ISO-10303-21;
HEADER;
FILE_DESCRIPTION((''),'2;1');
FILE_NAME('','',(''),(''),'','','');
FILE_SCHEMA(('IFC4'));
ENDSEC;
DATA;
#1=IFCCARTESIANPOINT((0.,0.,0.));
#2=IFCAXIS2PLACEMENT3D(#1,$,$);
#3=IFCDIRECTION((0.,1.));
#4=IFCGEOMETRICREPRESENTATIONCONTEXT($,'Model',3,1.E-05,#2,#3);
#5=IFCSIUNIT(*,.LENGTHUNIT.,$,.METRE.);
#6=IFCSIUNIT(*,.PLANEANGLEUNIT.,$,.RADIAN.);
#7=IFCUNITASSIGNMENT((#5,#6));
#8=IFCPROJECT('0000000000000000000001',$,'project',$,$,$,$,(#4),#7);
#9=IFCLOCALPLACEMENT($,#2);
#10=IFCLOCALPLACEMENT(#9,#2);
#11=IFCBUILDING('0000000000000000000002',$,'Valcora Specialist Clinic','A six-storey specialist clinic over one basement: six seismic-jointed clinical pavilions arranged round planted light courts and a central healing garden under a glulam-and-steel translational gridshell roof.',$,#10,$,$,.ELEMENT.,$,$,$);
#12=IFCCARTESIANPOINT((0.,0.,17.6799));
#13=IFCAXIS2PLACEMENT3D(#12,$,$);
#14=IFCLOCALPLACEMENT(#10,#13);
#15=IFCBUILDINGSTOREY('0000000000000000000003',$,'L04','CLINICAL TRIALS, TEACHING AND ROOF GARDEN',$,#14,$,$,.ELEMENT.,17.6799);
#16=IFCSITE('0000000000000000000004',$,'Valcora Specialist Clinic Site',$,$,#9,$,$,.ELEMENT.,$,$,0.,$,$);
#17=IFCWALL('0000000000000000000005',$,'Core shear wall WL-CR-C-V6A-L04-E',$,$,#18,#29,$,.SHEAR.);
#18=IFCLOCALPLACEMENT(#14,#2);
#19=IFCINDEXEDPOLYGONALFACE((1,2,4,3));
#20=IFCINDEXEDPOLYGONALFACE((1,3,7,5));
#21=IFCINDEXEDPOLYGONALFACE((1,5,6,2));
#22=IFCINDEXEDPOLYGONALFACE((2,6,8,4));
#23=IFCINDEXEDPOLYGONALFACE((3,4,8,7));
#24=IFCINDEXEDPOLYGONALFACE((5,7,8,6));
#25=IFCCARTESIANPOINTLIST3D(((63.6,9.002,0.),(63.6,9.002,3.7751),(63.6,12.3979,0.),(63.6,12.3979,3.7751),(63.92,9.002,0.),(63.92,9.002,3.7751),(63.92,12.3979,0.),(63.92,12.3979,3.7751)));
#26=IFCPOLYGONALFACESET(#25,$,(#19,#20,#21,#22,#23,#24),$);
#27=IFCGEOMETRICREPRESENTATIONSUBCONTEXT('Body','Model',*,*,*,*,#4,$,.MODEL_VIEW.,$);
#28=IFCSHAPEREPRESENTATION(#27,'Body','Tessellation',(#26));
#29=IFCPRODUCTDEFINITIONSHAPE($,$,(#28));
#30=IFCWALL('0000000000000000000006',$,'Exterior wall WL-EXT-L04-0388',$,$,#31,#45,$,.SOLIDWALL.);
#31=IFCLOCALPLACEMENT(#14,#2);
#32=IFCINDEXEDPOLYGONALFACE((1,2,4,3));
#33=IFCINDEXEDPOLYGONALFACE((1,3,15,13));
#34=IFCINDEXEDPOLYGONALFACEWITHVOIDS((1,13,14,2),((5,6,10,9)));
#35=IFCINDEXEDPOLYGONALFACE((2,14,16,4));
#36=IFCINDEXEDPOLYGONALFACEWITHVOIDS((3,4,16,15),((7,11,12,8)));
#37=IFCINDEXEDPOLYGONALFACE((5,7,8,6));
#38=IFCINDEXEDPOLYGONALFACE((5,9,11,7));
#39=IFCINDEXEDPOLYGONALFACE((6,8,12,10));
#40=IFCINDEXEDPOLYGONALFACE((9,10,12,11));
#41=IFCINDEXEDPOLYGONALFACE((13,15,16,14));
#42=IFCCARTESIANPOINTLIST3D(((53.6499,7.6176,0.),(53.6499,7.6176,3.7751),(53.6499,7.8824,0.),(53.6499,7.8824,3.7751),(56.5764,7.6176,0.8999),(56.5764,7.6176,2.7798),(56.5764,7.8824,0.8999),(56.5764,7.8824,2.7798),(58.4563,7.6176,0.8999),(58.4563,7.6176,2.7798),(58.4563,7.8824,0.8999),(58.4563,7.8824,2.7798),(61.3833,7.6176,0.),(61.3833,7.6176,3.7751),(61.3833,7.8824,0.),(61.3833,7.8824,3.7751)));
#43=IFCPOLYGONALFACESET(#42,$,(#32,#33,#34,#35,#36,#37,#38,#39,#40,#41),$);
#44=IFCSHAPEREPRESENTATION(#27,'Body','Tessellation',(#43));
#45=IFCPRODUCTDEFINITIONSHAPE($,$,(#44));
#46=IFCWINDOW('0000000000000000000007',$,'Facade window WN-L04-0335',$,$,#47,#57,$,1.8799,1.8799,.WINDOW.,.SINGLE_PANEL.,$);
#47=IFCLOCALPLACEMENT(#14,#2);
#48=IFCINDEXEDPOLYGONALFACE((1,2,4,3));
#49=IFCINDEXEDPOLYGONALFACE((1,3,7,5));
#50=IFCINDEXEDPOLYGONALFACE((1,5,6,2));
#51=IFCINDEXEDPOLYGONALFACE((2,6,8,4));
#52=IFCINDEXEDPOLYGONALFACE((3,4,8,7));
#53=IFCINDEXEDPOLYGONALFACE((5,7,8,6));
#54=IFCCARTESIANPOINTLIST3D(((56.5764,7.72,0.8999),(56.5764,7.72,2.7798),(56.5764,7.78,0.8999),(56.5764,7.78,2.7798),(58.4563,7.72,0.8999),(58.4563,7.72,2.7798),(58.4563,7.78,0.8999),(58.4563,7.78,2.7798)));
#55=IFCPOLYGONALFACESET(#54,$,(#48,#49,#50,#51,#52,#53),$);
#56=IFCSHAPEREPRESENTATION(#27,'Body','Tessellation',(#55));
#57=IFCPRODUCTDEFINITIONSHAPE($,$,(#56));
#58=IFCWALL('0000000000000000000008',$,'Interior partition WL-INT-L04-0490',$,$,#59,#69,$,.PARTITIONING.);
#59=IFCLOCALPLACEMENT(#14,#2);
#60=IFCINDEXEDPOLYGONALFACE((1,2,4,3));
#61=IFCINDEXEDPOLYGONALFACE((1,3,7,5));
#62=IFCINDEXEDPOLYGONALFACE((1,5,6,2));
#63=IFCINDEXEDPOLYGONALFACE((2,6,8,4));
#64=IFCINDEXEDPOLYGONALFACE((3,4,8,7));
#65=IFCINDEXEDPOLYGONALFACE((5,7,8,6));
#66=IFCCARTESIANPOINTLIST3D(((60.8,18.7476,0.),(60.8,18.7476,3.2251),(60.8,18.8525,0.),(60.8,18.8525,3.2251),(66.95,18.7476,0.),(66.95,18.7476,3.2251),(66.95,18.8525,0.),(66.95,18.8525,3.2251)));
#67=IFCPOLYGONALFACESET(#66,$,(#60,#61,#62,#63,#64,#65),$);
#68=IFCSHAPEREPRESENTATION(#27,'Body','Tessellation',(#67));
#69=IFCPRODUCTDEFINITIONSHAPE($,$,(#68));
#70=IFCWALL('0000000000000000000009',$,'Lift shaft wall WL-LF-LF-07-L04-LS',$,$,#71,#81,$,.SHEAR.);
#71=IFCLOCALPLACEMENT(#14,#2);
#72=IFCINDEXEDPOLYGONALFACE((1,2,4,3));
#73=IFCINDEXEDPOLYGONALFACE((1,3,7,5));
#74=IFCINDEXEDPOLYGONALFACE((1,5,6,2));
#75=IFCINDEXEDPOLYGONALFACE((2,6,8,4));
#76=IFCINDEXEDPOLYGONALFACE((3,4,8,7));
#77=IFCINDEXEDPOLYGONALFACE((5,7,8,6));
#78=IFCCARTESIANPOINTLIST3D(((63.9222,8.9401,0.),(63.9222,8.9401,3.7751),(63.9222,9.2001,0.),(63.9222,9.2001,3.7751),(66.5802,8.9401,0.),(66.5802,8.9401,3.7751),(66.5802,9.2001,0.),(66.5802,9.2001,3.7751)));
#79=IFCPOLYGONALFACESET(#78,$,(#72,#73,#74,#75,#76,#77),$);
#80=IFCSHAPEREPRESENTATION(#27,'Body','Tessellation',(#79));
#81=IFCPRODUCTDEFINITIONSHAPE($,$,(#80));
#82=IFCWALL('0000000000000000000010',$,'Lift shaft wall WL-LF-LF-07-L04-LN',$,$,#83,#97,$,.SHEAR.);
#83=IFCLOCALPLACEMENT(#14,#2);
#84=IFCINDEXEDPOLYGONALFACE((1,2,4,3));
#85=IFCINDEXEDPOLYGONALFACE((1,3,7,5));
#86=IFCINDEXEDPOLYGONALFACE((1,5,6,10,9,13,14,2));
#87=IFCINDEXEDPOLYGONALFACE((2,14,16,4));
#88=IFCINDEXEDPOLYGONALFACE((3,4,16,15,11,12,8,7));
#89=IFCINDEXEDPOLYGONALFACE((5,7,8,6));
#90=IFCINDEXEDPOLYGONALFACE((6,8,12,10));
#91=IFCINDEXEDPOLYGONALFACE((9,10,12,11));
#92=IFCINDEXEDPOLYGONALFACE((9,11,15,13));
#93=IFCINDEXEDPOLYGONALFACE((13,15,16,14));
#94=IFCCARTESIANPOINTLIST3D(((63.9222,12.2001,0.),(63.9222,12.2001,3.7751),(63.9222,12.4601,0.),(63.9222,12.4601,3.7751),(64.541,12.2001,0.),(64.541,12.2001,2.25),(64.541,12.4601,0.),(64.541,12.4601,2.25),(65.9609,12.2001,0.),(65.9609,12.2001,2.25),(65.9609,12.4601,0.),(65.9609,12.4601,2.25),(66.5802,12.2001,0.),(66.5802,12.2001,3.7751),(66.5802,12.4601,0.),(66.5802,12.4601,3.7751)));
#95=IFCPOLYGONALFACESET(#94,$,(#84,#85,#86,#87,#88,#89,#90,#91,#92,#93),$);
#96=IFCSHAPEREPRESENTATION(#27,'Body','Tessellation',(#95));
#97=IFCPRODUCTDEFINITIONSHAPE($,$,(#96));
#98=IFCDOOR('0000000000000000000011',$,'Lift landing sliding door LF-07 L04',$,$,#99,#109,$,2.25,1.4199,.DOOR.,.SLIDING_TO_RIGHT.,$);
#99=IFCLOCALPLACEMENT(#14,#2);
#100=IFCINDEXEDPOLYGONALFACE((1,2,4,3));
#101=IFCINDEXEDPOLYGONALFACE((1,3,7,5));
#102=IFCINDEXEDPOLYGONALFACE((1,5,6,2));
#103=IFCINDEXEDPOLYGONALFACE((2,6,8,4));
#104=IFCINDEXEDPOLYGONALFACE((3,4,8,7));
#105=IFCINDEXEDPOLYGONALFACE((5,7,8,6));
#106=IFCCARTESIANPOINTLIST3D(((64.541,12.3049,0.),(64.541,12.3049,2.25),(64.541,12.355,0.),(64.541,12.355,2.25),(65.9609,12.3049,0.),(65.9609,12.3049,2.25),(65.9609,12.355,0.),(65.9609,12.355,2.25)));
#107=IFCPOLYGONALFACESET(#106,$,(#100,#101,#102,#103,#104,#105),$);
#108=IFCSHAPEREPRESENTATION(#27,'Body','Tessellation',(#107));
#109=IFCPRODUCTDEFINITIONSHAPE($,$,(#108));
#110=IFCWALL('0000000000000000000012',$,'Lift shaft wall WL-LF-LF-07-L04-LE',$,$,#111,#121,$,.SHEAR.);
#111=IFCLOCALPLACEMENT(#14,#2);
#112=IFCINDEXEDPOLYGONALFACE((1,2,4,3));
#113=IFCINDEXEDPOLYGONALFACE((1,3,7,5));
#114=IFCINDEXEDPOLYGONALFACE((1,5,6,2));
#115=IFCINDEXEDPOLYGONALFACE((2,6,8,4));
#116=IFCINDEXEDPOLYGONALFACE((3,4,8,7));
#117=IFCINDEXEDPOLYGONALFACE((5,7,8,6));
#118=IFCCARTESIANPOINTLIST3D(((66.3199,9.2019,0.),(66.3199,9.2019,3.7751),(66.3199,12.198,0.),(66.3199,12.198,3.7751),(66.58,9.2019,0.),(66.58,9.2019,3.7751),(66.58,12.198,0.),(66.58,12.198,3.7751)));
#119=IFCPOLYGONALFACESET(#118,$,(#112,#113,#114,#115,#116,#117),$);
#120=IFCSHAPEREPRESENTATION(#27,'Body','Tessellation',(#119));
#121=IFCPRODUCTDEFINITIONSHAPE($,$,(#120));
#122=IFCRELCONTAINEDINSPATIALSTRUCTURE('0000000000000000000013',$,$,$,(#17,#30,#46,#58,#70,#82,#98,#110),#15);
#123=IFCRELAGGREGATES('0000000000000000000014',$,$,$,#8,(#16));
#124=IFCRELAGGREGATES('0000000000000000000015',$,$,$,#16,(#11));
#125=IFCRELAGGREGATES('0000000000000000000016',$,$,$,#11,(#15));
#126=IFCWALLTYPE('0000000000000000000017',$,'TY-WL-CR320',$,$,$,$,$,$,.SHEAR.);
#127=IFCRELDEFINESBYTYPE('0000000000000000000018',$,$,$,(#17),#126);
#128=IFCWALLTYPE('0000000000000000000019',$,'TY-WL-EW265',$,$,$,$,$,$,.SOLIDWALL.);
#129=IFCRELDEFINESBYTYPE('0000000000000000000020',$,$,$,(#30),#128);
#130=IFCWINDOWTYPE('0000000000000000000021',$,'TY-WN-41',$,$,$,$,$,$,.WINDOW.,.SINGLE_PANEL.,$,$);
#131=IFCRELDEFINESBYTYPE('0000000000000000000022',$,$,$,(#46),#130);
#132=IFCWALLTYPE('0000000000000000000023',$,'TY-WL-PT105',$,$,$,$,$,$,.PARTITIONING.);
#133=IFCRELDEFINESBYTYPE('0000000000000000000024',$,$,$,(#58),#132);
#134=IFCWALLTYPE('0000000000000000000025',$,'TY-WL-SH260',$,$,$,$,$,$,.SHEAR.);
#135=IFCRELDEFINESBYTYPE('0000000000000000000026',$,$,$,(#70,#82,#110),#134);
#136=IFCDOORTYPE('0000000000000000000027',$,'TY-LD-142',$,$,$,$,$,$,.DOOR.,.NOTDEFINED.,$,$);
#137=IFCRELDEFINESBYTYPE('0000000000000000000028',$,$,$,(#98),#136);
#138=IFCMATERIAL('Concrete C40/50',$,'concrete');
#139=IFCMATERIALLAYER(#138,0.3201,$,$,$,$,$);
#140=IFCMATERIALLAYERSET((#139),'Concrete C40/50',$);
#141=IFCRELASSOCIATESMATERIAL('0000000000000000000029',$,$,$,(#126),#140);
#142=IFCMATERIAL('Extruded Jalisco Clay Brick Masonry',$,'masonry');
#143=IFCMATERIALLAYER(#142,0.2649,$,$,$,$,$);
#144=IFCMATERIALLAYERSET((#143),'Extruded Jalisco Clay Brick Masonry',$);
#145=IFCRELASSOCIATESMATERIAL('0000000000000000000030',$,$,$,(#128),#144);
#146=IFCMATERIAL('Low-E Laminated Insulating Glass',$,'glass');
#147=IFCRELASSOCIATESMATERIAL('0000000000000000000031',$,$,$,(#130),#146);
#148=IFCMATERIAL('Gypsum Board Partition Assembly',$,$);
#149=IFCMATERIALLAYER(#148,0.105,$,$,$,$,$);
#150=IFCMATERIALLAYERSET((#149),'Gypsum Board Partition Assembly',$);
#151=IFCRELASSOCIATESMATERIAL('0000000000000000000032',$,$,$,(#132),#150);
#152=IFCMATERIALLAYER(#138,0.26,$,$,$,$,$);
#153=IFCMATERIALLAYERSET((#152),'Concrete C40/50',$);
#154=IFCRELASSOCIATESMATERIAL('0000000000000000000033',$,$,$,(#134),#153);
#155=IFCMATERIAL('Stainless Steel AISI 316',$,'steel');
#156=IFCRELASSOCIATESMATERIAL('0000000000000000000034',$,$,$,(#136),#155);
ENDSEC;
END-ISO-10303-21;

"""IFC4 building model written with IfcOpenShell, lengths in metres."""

from ifc_helpers import new_model, si_unit, direction, frame, frame_2d, origin, place, context, subcontext, project, spatial, rectangle, extrude, material, layer, layer_set, type_object, element, fill, save


model = new_model("IFC4")

# Units and contexts
model_context = context("Model", 3, precision=1e-05, world=origin(), true_north=direction((0.0, 1.0)))
body_context = subcontext(model_context, "Body", "Model", "MODEL_VIEW")
ifc_project = project(units=[si_unit("LENGTHUNIT", "METRE"), si_unit("PLANEANGLEUNIT", "RADIAN")], contexts=[model_context])

# Site, building, storey
site_placement = place(None, origin())
site = spatial("IfcSite", under=ifc_project, at=site_placement, Name="Valcora Specialist Clinic Site", CompositionType="ELEMENT", RefElevation=0.0)
building_placement = place(site_placement, origin())
building = spatial("IfcBuilding", under=site, at=building_placement, Name="Valcora Specialist Clinic", Description="A six-storey specialist clinic over one basement: six seismic-jointed clinical pavilions arranged round planted light courts and a central healing garden under a glulam-and-steel translational gridshell roof.", CompositionType="ELEMENT")
storey_placement = place(building_placement, frame((0.0, 0.0, 17.6799)))
storey = spatial("IfcBuildingStorey", under=building, at=storey_placement, Name="L04", Description="CLINICAL TRIALS, TEACHING AND ROOF GARDEN", CompositionType="ELEMENT", Elevation=17.6799)

# Shared definitions
ifc_material_1 = material(Name="Concrete C40/50", Category="concrete")

# Wall
ifc_layer_1 = layer(ifc_material_1, 0.3201)
ifc_layer_set_1 = layer_set([ifc_layer_1], Name="Concrete C40/50")
wall_type_1 = type_object("IfcWallType", Name="TY-WL-CR320", PredefinedType="SHEAR", material=ifc_layer_set_1)
wall_1_placement = place(storey_placement, frame((63.76, 9.002, 0.0), z_axis=(0.0, 0.0, 1.0), x_axis=(0.0, 1.0, 0.0)))
element("IfcWall", 1, at=wall_1_placement, inside=storey, type_object=wall_type_1, Name="Core shear wall WL-CR-C-V6A-L04-E", PredefinedType="SHEAR", context=body_context, shape_type="SweptSolid", body=[
    extrude(rectangle(XDim=3.396, YDim=0.3201, at=frame_2d((1.698, 0.0))), origin(), (0.0, 0.0, 1.0), 3.7751),
])

# Wall, opening, window
ifc_material_2 = material(Name="Extruded Jalisco Clay Brick Masonry", Category="masonry")
ifc_layer_2 = layer(ifc_material_2, 0.2649)
ifc_layer_set_2 = layer_set([ifc_layer_2], Name="Extruded Jalisco Clay Brick Masonry")
wall_type_2 = type_object("IfcWallType", Name="TY-WL-EW265", PredefinedType="SOLIDWALL", material=ifc_layer_set_2)
wall_2_placement = place(storey_placement, frame((61.3833, 7.75, 0.0), z_axis=(0.0, 0.0, 1.0), x_axis=(-1.0, 0.0, 0.0)))
wall_2 = element("IfcWall", 2, at=wall_2_placement, inside=storey, type_object=wall_type_2, Name="Exterior wall WL-EXT-L04-0388", PredefinedType="SOLIDWALL", context=body_context, shape_type="SweptSolid", body=[
    extrude(rectangle(XDim=7.7334, YDim=0.2649, at=frame_2d((3.8667, 0.0))), origin(), (0.0, 0.0, 1.0), 3.7751),
])
opening_1_placement = place(wall_2_placement, frame((2.927, 0.0, 0.8999)))
opening_1 = element("IfcOpeningElement", 3, at=opening_1_placement, cuts=wall_2, PredefinedType="OPENING", context=body_context, shape_type="SweptSolid", body=[
    extrude(rectangle(XDim=1.8799, YDim=1.8799, at=frame_2d((0.9399, 0.9399))), frame((0.0, 0.1423, 0.0), z_axis=(0.0, -1.0, 0.0), x_axis=(1.0, 0.0, 0.0)), (0.0, 0.0, 1.0), 0.2849),
])
ifc_material_3 = material(Name="Low-E Laminated Insulating Glass", Category="glass")
window_type = type_object("IfcWindowType", Name="TY-WN-41", PartitioningType="SINGLE_PANEL", PredefinedType="WINDOW", material=ifc_material_3)
window_placement = place(opening_1_placement, origin())
window = element("IfcWindow", 4, at=window_placement, inside=storey, type_object=window_type, Name="Facade window WN-L04-0335", OverallHeight=1.8799, OverallWidth=1.8799, PartitioningType="SINGLE_PANEL", PredefinedType="WINDOW", context=body_context, shape_type="SweptSolid", body=[
    extrude(rectangle(XDim=1.8799, YDim=1.8799, at=frame_2d((0.9399, 0.9399))), frame((0.0, 0.03, 0.0), z_axis=(0.0, -1.0, 0.0), x_axis=(1.0, 0.0, 0.0)), (0.0, 0.0, 1.0), 0.0601),
])
fill(opening_1, window)

# Walls
ifc_material_4 = material(Name="Gypsum Board Partition Assembly")
ifc_layer_3 = layer(ifc_material_4, 0.105)
ifc_layer_set_3 = layer_set([ifc_layer_3], Name="Gypsum Board Partition Assembly")
wall_type_3 = type_object("IfcWallType", Name="TY-WL-PT105", PredefinedType="PARTITIONING", material=ifc_layer_set_3)
wall_3_placement = place(storey_placement, frame((66.95, 18.8, 0.0), z_axis=(0.0, 0.0, 1.0), x_axis=(-1.0, 0.0, 0.0)))
element("IfcWall", 5, at=wall_3_placement, inside=storey, type_object=wall_type_3, Name="Interior partition WL-INT-L04-0490", PredefinedType="PARTITIONING", context=body_context, shape_type="SweptSolid", body=[
    extrude(rectangle(XDim=6.1499, YDim=0.105, at=frame_2d((3.075, 0.0))), origin(), (0.0, 0.0, 1.0), 3.2251),
])
ifc_layer_4 = layer(ifc_material_1, 0.26)
ifc_layer_set_4 = layer_set([ifc_layer_4], Name="Concrete C40/50")
wall_type_4 = type_object("IfcWallType", Name="TY-WL-SH260", PredefinedType="SHEAR", material=ifc_layer_set_4)
wall_4_placement = place(storey_placement, frame((63.9221, 9.0701, 0.0), z_axis=(0.0, 0.0, 1.0), x_axis=(1.0, 0.0, 0.0)))
element("IfcWall", 6, at=wall_4_placement, inside=storey, type_object=wall_type_4, Name="Lift shaft wall WL-LF-LF-07-L04-LS", PredefinedType="SHEAR", context=body_context, shape_type="SweptSolid", body=[
    extrude(rectangle(XDim=2.658, YDim=0.26, at=frame_2d((1.3291, 0.0))), origin(), (0.0, 0.0, 1.0), 3.7751),
])

# Wall, opening, door
wall_5_placement = place(storey_placement, frame((63.9221, 12.3301, 0.0), z_axis=(0.0, 0.0, 1.0), x_axis=(1.0, 0.0, 0.0)))
wall_5 = element("IfcWall", 7, at=wall_5_placement, inside=storey, type_object=wall_type_4, Name="Lift shaft wall WL-LF-LF-07-L04-LN", PredefinedType="SHEAR", context=body_context, shape_type="SweptSolid", body=[
    extrude(rectangle(XDim=2.658, YDim=0.26, at=frame_2d((1.3291, 0.0))), origin(), (0.0, 0.0, 1.0), 3.7751),
])
opening_2_placement = place(wall_5_placement, frame((0.6189, 0.0, 0.0)))
opening_2 = element("IfcOpeningElement", 8, at=opening_2_placement, cuts=wall_5, PredefinedType="OPENING", context=body_context, shape_type="SweptSolid", body=[
    extrude(rectangle(XDim=1.4199, YDim=2.25, at=frame_2d((0.71, 1.125))), frame((0.0, 0.1399, 0.0), z_axis=(0.0, -1.0, 0.0), x_axis=(1.0, 0.0, 0.0)), (0.0, 0.0, 1.0), 0.28),
])
ifc_material_5 = material(Name="Stainless Steel AISI 316", Category="steel")
door_type_1 = type_object("IfcDoorType", Name="TY-LD-142", OperationType="NOTDEFINED", PredefinedType="DOOR", material=ifc_material_5)
door_1_placement = place(opening_2_placement, origin())
door_1 = element("IfcDoor", 9, at=door_1_placement, inside=storey, type_object=door_type_1, Name="Lift landing sliding door LF-07 L04", OperationType="SLIDING_TO_RIGHT", OverallHeight=2.25, OverallWidth=1.4199, PredefinedType="DOOR", context=body_context, shape_type="SweptSolid", body=[
    extrude(rectangle(XDim=1.4199, YDim=2.25, at=frame_2d((0.71, 1.125))), frame((0.0, 0.0249, 0.0), z_axis=(0.0, -1.0, 0.0), x_axis=(1.0, 0.0, 0.0)), (0.0, 0.0, 1.0), 0.05),
])
fill(opening_2, door_1)

# Wall
wall_6_placement = place(storey_placement, frame((66.45, 9.2019, 0.0), z_axis=(0.0, 0.0, 1.0), x_axis=(0.0, 1.0, 0.0)))
element("IfcWall", 10, at=wall_6_placement, inside=storey, type_object=wall_type_4, Name="Lift shaft wall WL-LF-LF-07-L04-LE", PredefinedType="SHEAR", context=body_context, shape_type="SweptSolid", body=[
    extrude(rectangle(XDim=2.9961, YDim=0.26, at=frame_2d((1.498, 0.0))), origin(), (0.0, 0.0, 1.0), 3.7751),
])

save(model, "model.ifc")
